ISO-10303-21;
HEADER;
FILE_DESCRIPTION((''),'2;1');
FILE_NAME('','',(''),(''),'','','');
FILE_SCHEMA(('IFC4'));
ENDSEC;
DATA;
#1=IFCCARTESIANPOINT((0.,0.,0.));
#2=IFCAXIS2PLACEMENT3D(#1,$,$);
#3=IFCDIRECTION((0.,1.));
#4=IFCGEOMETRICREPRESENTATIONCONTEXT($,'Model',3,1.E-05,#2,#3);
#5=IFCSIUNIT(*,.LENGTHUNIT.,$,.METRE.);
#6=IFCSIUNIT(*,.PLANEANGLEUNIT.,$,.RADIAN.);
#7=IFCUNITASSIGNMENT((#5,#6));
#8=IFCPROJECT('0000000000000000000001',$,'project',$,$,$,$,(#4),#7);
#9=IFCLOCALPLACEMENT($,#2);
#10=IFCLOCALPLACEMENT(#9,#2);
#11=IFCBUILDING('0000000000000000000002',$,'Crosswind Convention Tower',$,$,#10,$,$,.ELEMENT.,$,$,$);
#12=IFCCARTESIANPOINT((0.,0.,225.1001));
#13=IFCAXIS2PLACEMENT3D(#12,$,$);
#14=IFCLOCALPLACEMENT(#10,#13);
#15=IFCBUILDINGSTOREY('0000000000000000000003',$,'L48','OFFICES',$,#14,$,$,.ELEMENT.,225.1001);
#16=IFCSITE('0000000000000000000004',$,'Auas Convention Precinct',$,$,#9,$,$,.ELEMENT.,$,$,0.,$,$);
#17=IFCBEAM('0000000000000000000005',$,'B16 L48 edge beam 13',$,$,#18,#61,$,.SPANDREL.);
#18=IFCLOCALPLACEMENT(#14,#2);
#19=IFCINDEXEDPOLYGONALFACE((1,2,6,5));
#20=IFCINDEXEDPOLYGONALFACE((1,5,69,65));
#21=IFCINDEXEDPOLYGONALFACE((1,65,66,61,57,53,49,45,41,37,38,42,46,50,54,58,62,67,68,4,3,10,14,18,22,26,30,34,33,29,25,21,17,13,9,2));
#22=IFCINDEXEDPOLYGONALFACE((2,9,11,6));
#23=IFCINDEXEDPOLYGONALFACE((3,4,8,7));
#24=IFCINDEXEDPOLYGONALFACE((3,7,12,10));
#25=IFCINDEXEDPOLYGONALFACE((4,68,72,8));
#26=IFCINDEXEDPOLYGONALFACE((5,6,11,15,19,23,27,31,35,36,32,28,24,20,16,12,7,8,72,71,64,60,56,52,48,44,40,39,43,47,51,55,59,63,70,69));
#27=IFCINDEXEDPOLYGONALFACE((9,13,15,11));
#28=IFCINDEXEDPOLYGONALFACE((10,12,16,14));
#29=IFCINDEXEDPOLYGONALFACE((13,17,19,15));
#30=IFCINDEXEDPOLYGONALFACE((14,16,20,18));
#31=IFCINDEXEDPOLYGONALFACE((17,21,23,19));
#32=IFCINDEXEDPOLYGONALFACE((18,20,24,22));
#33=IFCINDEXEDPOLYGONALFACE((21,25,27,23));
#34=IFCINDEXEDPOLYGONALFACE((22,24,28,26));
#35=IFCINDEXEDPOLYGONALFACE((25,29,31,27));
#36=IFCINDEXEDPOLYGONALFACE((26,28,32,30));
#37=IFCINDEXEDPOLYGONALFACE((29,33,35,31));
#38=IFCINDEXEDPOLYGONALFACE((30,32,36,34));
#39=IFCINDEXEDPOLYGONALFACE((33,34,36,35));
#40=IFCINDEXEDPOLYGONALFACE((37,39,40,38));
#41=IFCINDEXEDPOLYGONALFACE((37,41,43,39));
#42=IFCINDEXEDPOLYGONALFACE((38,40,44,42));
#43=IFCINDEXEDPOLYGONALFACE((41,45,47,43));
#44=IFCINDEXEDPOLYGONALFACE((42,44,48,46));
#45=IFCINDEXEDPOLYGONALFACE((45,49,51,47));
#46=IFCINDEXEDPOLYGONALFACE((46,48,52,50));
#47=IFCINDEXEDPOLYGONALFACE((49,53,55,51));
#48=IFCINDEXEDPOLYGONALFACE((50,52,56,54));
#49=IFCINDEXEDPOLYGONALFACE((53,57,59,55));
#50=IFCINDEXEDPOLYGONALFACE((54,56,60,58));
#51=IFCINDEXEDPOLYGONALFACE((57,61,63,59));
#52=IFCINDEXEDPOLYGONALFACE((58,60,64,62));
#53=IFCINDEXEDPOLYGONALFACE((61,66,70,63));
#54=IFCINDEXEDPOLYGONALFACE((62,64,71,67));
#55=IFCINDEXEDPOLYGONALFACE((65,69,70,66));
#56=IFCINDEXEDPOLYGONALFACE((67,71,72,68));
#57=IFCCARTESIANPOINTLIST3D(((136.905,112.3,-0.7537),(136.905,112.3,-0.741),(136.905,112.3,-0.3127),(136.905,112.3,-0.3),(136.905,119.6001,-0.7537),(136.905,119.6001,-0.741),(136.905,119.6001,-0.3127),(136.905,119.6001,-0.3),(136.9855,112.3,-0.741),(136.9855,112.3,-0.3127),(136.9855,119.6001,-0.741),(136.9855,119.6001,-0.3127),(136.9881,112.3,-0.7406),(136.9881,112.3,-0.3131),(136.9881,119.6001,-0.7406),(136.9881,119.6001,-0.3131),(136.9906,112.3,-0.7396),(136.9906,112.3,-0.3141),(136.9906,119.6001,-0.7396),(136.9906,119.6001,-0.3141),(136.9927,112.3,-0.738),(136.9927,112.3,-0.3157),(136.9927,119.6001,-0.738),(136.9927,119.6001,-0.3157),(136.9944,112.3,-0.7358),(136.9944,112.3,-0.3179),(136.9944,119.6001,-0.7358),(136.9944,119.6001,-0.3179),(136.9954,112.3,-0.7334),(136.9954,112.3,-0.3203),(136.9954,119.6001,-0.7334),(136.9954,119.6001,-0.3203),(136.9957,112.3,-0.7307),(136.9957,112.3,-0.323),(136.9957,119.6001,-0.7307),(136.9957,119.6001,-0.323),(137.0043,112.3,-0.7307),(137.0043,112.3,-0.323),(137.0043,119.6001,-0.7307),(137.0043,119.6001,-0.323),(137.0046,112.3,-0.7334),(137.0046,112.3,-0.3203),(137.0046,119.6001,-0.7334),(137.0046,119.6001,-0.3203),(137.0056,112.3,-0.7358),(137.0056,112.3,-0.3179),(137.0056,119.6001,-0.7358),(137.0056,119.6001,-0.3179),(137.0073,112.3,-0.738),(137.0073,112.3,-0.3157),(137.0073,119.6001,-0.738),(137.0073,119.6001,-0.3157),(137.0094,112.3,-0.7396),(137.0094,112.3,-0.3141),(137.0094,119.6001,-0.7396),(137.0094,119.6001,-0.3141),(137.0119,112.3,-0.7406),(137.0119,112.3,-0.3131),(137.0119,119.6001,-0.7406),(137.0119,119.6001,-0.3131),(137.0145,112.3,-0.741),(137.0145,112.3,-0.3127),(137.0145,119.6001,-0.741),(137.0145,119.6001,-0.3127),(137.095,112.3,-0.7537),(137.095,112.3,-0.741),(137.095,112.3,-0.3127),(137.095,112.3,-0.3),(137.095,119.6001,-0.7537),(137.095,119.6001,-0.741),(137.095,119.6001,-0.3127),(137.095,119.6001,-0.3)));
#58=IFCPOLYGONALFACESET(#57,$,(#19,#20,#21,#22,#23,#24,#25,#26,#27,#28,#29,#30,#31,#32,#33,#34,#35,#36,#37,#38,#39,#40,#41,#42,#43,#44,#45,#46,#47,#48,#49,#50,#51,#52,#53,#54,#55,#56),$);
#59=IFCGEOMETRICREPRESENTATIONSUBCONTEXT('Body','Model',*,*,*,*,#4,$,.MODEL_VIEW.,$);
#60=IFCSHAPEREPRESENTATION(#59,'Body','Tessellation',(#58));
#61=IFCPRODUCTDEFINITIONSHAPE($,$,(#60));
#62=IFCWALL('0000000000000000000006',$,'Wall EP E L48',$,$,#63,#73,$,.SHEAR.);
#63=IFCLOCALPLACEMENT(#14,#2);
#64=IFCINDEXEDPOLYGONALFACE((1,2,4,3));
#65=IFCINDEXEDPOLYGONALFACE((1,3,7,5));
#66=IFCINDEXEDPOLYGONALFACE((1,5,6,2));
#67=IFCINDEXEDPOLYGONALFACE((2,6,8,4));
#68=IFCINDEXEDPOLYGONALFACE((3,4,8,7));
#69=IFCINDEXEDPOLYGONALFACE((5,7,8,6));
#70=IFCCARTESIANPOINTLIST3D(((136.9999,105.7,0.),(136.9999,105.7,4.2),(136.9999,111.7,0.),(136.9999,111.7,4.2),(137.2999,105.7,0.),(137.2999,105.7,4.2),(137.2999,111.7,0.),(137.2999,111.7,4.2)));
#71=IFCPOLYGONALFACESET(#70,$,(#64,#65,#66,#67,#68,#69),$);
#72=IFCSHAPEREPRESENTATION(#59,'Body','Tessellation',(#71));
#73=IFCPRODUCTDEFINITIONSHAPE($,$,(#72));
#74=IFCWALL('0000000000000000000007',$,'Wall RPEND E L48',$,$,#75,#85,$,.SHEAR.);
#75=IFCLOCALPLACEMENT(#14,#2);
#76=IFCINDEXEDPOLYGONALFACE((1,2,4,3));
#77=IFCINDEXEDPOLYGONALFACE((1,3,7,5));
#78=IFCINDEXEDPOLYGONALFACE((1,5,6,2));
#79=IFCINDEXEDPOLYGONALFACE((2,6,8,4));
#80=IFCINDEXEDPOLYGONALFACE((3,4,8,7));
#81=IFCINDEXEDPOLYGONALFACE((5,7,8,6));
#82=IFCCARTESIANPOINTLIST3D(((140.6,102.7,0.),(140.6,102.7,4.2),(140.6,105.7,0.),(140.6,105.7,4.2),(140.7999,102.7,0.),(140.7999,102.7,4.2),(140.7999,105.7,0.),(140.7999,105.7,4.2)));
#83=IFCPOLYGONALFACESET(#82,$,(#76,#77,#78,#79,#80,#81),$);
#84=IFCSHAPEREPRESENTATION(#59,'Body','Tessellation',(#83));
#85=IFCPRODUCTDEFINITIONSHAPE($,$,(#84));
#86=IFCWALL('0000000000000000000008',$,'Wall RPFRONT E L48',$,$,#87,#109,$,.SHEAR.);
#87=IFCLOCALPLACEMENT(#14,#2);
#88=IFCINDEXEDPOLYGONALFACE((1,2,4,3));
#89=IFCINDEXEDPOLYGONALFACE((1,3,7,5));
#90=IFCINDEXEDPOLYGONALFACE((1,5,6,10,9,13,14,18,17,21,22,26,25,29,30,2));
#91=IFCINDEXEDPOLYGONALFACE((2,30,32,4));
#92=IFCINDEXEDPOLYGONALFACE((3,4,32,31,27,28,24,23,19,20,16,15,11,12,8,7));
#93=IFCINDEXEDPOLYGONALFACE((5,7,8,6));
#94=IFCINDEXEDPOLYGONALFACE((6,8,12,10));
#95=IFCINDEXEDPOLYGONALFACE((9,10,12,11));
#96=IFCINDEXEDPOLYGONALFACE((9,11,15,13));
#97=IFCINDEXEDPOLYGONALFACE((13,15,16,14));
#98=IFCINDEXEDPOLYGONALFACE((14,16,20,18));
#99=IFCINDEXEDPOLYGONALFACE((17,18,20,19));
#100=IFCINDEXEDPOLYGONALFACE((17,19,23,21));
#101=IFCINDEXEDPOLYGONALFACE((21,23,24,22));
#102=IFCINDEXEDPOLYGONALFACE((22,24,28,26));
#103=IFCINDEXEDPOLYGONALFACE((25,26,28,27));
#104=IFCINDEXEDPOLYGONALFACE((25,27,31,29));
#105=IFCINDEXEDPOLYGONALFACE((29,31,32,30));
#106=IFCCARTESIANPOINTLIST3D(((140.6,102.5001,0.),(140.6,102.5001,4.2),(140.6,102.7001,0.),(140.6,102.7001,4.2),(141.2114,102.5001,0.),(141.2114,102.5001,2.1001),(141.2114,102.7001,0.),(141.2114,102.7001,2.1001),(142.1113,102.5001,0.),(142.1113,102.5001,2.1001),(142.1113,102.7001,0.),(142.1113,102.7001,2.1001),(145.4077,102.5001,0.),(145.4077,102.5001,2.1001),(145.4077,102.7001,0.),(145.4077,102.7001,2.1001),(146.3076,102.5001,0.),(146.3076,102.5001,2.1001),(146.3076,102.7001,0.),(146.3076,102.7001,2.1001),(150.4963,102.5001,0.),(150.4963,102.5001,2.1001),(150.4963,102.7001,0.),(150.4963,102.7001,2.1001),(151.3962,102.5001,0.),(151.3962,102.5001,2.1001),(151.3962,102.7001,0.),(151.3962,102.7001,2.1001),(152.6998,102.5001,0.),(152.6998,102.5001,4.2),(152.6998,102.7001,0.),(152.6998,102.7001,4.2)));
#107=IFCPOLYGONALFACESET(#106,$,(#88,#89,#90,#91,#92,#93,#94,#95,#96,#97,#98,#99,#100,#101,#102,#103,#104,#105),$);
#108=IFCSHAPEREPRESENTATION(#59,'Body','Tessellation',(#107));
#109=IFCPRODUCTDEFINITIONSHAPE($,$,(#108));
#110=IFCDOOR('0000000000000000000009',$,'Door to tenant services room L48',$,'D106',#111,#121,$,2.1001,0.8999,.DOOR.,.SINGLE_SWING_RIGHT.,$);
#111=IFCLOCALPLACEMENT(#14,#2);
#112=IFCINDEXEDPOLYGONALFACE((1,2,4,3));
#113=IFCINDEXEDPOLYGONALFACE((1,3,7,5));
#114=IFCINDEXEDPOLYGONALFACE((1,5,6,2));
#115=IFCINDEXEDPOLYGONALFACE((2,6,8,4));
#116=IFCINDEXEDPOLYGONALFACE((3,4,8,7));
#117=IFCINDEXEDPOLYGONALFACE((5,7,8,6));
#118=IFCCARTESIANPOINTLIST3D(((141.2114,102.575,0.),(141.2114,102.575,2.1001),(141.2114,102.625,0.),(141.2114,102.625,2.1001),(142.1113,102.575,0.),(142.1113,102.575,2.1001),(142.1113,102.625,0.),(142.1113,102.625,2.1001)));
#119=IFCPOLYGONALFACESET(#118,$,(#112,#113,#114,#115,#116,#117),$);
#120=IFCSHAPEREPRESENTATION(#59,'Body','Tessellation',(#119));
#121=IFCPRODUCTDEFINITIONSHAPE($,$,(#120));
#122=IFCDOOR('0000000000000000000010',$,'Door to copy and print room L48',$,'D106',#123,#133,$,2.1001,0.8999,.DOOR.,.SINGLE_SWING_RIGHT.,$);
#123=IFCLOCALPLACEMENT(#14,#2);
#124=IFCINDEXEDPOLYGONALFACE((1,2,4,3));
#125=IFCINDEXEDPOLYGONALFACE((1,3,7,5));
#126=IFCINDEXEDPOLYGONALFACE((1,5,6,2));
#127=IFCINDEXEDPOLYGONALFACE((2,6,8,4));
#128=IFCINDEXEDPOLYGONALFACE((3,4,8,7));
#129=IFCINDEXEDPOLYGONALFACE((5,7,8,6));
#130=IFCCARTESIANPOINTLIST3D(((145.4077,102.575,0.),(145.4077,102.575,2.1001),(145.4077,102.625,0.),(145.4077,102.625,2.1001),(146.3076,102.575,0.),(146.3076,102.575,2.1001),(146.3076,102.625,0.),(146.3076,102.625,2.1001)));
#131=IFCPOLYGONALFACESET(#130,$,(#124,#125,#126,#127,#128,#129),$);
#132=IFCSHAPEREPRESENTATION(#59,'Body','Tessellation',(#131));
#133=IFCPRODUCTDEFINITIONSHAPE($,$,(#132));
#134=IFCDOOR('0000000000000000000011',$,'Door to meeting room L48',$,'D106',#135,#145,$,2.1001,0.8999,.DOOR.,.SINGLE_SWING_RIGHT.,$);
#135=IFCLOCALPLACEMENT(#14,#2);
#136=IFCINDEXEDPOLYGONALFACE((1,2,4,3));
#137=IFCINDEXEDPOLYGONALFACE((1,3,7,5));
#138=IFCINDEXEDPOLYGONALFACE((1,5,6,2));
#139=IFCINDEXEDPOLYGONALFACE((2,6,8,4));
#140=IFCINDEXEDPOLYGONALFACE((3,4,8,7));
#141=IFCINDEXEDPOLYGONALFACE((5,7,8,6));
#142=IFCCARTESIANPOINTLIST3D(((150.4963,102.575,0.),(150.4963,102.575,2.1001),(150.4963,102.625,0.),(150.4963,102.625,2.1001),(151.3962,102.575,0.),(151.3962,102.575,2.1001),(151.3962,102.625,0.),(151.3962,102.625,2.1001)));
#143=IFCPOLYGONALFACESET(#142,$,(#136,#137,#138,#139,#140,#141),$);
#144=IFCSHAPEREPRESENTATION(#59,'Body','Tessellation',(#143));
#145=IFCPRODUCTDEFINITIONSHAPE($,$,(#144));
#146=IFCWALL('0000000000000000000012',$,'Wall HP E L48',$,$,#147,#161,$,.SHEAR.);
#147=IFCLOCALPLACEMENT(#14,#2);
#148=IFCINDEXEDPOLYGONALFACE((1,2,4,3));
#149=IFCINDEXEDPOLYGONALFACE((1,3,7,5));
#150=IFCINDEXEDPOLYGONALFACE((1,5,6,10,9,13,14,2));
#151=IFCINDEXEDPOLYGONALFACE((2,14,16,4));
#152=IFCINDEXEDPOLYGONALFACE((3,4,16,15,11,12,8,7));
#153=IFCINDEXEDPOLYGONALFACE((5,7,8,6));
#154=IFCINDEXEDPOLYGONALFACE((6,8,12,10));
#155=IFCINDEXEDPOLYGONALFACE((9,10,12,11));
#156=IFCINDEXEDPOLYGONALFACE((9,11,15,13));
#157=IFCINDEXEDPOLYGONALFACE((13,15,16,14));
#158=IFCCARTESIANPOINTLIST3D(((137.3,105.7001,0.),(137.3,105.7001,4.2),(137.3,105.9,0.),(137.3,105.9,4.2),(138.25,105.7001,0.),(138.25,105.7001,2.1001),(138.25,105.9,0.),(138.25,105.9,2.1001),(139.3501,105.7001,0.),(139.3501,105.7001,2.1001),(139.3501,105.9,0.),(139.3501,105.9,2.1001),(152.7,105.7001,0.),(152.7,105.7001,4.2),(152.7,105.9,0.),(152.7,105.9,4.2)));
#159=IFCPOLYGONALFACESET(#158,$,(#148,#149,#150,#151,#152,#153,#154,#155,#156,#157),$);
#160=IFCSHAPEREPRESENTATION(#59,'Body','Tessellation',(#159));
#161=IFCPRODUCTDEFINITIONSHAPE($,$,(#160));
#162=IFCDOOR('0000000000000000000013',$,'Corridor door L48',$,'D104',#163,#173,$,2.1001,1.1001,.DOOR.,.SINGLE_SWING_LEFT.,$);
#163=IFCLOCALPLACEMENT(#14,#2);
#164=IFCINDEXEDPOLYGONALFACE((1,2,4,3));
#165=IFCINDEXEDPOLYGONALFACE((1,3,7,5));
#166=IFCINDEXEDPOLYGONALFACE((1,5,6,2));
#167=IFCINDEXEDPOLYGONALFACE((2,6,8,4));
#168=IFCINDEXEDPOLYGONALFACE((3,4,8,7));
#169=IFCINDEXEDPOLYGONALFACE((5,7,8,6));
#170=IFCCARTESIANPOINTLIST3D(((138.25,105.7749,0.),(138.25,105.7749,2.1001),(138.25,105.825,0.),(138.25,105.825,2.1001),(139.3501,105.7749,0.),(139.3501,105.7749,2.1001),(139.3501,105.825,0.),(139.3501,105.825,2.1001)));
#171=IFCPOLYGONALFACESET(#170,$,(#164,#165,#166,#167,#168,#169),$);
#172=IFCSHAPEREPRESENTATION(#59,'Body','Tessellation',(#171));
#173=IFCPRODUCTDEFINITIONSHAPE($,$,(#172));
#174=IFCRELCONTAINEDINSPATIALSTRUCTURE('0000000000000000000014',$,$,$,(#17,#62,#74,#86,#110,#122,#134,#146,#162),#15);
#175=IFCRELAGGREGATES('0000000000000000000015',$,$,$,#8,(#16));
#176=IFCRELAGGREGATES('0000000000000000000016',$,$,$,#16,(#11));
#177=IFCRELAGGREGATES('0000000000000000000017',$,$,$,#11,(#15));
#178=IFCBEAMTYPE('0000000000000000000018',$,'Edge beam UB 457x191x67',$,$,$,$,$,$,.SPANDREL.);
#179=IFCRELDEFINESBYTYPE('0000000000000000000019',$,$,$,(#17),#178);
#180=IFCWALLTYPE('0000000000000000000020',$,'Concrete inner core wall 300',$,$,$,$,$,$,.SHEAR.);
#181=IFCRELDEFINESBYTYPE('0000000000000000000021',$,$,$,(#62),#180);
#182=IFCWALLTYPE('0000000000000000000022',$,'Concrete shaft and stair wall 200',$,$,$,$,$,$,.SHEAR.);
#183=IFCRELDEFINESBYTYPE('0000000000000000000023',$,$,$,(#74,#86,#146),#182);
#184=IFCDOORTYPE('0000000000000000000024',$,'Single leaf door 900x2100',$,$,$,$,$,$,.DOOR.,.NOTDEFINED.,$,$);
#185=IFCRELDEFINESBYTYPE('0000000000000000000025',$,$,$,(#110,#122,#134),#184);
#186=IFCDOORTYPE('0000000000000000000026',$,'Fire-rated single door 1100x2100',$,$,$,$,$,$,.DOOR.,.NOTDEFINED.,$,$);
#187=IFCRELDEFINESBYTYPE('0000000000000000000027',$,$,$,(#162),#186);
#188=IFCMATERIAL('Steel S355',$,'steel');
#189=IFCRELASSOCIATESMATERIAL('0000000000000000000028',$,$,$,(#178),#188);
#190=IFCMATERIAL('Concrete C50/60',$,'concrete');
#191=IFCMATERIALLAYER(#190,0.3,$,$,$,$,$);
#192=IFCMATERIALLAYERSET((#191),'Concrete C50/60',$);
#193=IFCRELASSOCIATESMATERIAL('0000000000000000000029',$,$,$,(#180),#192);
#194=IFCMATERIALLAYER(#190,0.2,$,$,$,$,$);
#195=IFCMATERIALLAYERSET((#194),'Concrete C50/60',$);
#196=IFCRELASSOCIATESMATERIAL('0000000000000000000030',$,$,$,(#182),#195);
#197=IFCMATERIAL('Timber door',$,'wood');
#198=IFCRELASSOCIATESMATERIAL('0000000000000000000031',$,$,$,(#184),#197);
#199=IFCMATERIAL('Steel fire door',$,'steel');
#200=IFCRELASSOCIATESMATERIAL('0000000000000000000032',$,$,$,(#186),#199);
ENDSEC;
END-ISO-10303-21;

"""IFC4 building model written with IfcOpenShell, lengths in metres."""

from ifc_helpers import new_model, si_unit, direction, frame, frame_2d, origin, origin_2d, place, context, subcontext, project, spatial, rectangle, i_section, extrude, material, layer, layer_set, material_profile, profile_set, type_object, element, fill, save


model = new_model("IFC4")

# Units and contexts
model_context = context("Model", 3, precision=1e-05, world=origin(), true_north=direction((0.0, 1.0)))
body_context = subcontext(model_context, "Body", "Model", "MODEL_VIEW")
ifc_project = project(units=[si_unit("LENGTHUNIT", "METRE"), si_unit("PLANEANGLEUNIT", "RADIAN")], contexts=[model_context])

# Site, building, storey
site_placement = place(None, origin())
site = spatial("IfcSite", under=ifc_project, at=site_placement, Name="Auas Convention Precinct", CompositionType="ELEMENT", RefElevation=0.0)
building_placement = place(site_placement, origin())
building = spatial("IfcBuilding", under=site, at=building_placement, Name="Crosswind Convention Tower", CompositionType="ELEMENT")
storey_placement = place(building_placement, frame((0.0, 0.0, 225.1001)))
storey = spatial("IfcBuildingStorey", under=building, at=storey_placement, Name="L48", Description="OFFICES", CompositionType="ELEMENT", Elevation=225.1001)

# Beam
ifc_material_1 = material(Name="Steel S355", Category="steel")
ifc_material_profile = material_profile(ifc_material_1, i_section(OverallWidth=0.1899, OverallDepth=0.4536, WebThickness=0.0085, FlangeThickness=0.0127, FilletRadius=0.0103, at=origin_2d()), Name="UB 457x191x67")
ifc_profile_set = profile_set([ifc_material_profile], Name="Steel S355")
beam_type = type_object("IfcBeamType", Name="Edge beam UB 457x191x67", PredefinedType="SPANDREL", material=ifc_profile_set)
beam_placement = place(storey_placement, frame((137.0, 112.3, -0.5269), z_axis=(0.0, 1.0, 0.0), x_axis=(-1.0, 0.0, 0.0)))
element("IfcBeam", 1, at=beam_placement, inside=storey, type_object=beam_type, Name="B16 L48 edge beam 13", PredefinedType="SPANDREL", context=body_context, shape_type="SweptSolid", body=[
    extrude(i_section(OverallWidth=0.1899, OverallDepth=0.4536, WebThickness=0.0085, FlangeThickness=0.0127, FilletRadius=0.0103, at=origin_2d()), origin(), (0.0, 0.0, 1.0), 7.3),
])

# Walls
ifc_material_2 = material(Name="Concrete C50/60", Category="concrete")
ifc_layer_1 = layer(ifc_material_2, 0.3)
ifc_layer_set_1 = layer_set([ifc_layer_1], Name="Concrete C50/60")
wall_type_1 = type_object("IfcWallType", Name="Concrete inner core wall 300", PredefinedType="SHEAR", material=ifc_layer_set_1)
wall_1_placement = place(storey_placement, frame((137.1499, 105.7, 0.0), z_axis=(0.0, 0.0, 1.0), x_axis=(0.0, 1.0, 0.0)))
element("IfcWall", 2, at=wall_1_placement, inside=storey, type_object=wall_type_1, Name="Wall EP E L48", PredefinedType="SHEAR", context=body_context, shape_type="SweptSolid", body=[
    extrude(rectangle(XDim=6.0, YDim=0.3, at=frame_2d((3.0, 0.0))), origin(), (0.0, 0.0, 1.0), 4.2),
])
ifc_layer_2 = layer(ifc_material_2, 0.2)
ifc_layer_set_2 = layer_set([ifc_layer_2], Name="Concrete C50/60")
wall_type_2 = type_object("IfcWallType", Name="Concrete shaft and stair wall 200", PredefinedType="SHEAR", material=ifc_layer_set_2)
wall_2_placement = place(storey_placement, frame((140.7, 102.7, 0.0), z_axis=(0.0, 0.0, 1.0), x_axis=(0.0, 1.0, 0.0)))
element("IfcWall", 3, at=wall_2_placement, inside=storey, type_object=wall_type_2, Name="Wall RPEND E L48", PredefinedType="SHEAR", context=body_context, shape_type="SweptSolid", body=[
    extrude(rectangle(XDim=3.0, YDim=0.2, at=frame_2d((1.5, 0.0))), origin(), (0.0, 0.0, 1.0), 4.2),
])

# Wall, openings, doors
wall_3_placement = place(storey_placement, frame((140.6001, 102.6001, 0.0), z_axis=(0.0, 0.0, 1.0), x_axis=(1.0, 0.0, 0.0)))
wall_3 = element("IfcWall", 4, at=wall_3_placement, inside=storey, type_object=wall_type_2, Name="Wall RPFRONT E L48", PredefinedType="SHEAR", context=body_context, shape_type="SweptSolid", body=[
    extrude(rectangle(XDim=12.0999, YDim=0.2, at=frame_2d((6.0498, 0.0))), origin(), (0.0, 0.0, 1.0), 4.2),
])
opening_1_placement = place(wall_3_placement, frame((0.6113, 0.0, 0.0)))
opening_1 = element("IfcOpeningElement", 5, at=opening_1_placement, cuts=wall_3, PredefinedType="OPENING", context=body_context, shape_type="SweptSolid", body=[
    extrude(rectangle(XDim=0.8999, YDim=2.1001, at=frame_2d((0.45, 1.05))), frame((0.0, 0.1099, 0.0), z_axis=(0.0, -1.0, 0.0), x_axis=(1.0, 0.0, 0.0)), (0.0, 0.0, 1.0), 0.22),
])
opening_2_placement = place(wall_3_placement, frame((4.8076, 0.0, 0.0)))
opening_2 = element("IfcOpeningElement", 6, at=opening_2_placement, cuts=wall_3, PredefinedType="OPENING", context=body_context, shape_type="SweptSolid", body=[
    extrude(rectangle(XDim=0.8999, YDim=2.1001, at=frame_2d((0.45, 1.05))), frame((0.0, 0.1099, 0.0), z_axis=(0.0, -1.0, 0.0), x_axis=(1.0, 0.0, 0.0)), (0.0, 0.0, 1.0), 0.22),
])
opening_3_placement = place(wall_3_placement, frame((9.8962, 0.0, 0.0)))
opening_3 = element("IfcOpeningElement", 7, at=opening_3_placement, cuts=wall_3, PredefinedType="OPENING", context=body_context, shape_type="SweptSolid", body=[
    extrude(rectangle(XDim=0.8999, YDim=2.1001, at=frame_2d((0.45, 1.05))), frame((0.0, 0.1099, 0.0), z_axis=(0.0, -1.0, 0.0), x_axis=(1.0, 0.0, 0.0)), (0.0, 0.0, 1.0), 0.22),
])
ifc_material_3 = material(Name="Timber door", Category="wood")
door_type_1 = type_object("IfcDoorType", Name="Single leaf door 900x2100", OperationType="NOTDEFINED", PredefinedType="DOOR", material=ifc_material_3)
door_1_placement = place(opening_1_placement, origin())
door_1 = element("IfcDoor", 8, at=door_1_placement, inside=storey, type_object=door_type_1, Name="Door to tenant services room L48", ObjectType="D106", OperationType="SINGLE_SWING_RIGHT", OverallHeight=2.1001, OverallWidth=0.8999, PredefinedType="DOOR", context=body_context, shape_type="SweptSolid", body=[
    extrude(rectangle(XDim=0.8999, YDim=2.1001, at=frame_2d((0.45, 1.05))), frame((0.0, 0.0249, 0.0), z_axis=(0.0, -1.0, 0.0), x_axis=(1.0, 0.0, 0.0)), (0.0, 0.0, 1.0), 0.05),
])
fill(opening_1, door_1)
door_2_placement = place(opening_2_placement, origin())
door_2 = element("IfcDoor", 9, at=door_2_placement, inside=storey, type_object=door_type_1, Name="Door to copy and print room L48", ObjectType="D106", OperationType="SINGLE_SWING_RIGHT", OverallHeight=2.1001, OverallWidth=0.8999, PredefinedType="DOOR", context=body_context, shape_type="SweptSolid", body=[
    extrude(rectangle(XDim=0.8999, YDim=2.1001, at=frame_2d((0.45, 1.05))), frame((0.0, 0.0249, 0.0), z_axis=(0.0, -1.0, 0.0), x_axis=(1.0, 0.0, 0.0)), (0.0, 0.0, 1.0), 0.05),
])
fill(opening_2, door_2)
door_3_placement = place(opening_3_placement, origin())
door_3 = element("IfcDoor", 10, at=door_3_placement, inside=storey, type_object=door_type_1, Name="Door to meeting room L48", ObjectType="D106", OperationType="SINGLE_SWING_RIGHT", OverallHeight=2.1001, OverallWidth=0.8999, PredefinedType="DOOR", context=body_context, shape_type="SweptSolid", body=[
    extrude(rectangle(XDim=0.8999, YDim=2.1001, at=frame_2d((0.45, 1.05))), frame((0.0, 0.0249, 0.0), z_axis=(0.0, -1.0, 0.0), x_axis=(1.0, 0.0, 0.0)), (0.0, 0.0, 1.0), 0.05),
])
fill(opening_3, door_3)

# Wall, opening, door
wall_4_placement = place(storey_placement, frame((137.3, 105.8, 0.0), z_axis=(0.0, 0.0, 1.0), x_axis=(1.0, 0.0, 0.0)))
wall_4 = element("IfcWall", 11, at=wall_4_placement, inside=storey, type_object=wall_type_2, Name="Wall HP E L48", PredefinedType="SHEAR", context=body_context, shape_type="SweptSolid", body=[
    extrude(rectangle(XDim=15.3999, YDim=0.2, at=frame_2d((7.7, 0.0))), origin(), (0.0, 0.0, 1.0), 4.2),
])
opening_4_placement = place(wall_4_placement, frame((0.95, 0.0, 0.0)))
opening_4 = element("IfcOpeningElement", 12, at=opening_4_placement, cuts=wall_4, PredefinedType="OPENING", context=body_context, shape_type="SweptSolid", body=[
    extrude(rectangle(XDim=1.1001, YDim=2.1001, at=frame_2d((0.55, 1.05))), frame((0.0, 0.1099, 0.0), z_axis=(0.0, -1.0, 0.0), x_axis=(1.0, 0.0, 0.0)), (0.0, 0.0, 1.0), 0.22),
])
ifc_material_4 = material(Name="Steel fire door", Category="steel")
door_type_2 = type_object("IfcDoorType", Name="Fire-rated single door 1100x2100", OperationType="NOTDEFINED", PredefinedType="DOOR", material=ifc_material_4)
door_4_placement = place(opening_4_placement, origin())
door_4 = element("IfcDoor", 13, at=door_4_placement, inside=storey, type_object=door_type_2, Name="Corridor door L48", ObjectType="D104", OperationType="SINGLE_SWING_LEFT", OverallHeight=2.1001, OverallWidth=1.1001, PredefinedType="DOOR", context=body_context, shape_type="SweptSolid", body=[
    extrude(rectangle(XDim=1.1001, YDim=2.1001, at=frame_2d((0.55, 1.05))), frame((0.0, 0.0249, 0.0), z_axis=(0.0, -1.0, 0.0), x_axis=(1.0, 0.0, 0.0)), (0.0, 0.0, 1.0), 0.05),
])
fill(opening_4, door_4)

save(model, "model.ifc")
